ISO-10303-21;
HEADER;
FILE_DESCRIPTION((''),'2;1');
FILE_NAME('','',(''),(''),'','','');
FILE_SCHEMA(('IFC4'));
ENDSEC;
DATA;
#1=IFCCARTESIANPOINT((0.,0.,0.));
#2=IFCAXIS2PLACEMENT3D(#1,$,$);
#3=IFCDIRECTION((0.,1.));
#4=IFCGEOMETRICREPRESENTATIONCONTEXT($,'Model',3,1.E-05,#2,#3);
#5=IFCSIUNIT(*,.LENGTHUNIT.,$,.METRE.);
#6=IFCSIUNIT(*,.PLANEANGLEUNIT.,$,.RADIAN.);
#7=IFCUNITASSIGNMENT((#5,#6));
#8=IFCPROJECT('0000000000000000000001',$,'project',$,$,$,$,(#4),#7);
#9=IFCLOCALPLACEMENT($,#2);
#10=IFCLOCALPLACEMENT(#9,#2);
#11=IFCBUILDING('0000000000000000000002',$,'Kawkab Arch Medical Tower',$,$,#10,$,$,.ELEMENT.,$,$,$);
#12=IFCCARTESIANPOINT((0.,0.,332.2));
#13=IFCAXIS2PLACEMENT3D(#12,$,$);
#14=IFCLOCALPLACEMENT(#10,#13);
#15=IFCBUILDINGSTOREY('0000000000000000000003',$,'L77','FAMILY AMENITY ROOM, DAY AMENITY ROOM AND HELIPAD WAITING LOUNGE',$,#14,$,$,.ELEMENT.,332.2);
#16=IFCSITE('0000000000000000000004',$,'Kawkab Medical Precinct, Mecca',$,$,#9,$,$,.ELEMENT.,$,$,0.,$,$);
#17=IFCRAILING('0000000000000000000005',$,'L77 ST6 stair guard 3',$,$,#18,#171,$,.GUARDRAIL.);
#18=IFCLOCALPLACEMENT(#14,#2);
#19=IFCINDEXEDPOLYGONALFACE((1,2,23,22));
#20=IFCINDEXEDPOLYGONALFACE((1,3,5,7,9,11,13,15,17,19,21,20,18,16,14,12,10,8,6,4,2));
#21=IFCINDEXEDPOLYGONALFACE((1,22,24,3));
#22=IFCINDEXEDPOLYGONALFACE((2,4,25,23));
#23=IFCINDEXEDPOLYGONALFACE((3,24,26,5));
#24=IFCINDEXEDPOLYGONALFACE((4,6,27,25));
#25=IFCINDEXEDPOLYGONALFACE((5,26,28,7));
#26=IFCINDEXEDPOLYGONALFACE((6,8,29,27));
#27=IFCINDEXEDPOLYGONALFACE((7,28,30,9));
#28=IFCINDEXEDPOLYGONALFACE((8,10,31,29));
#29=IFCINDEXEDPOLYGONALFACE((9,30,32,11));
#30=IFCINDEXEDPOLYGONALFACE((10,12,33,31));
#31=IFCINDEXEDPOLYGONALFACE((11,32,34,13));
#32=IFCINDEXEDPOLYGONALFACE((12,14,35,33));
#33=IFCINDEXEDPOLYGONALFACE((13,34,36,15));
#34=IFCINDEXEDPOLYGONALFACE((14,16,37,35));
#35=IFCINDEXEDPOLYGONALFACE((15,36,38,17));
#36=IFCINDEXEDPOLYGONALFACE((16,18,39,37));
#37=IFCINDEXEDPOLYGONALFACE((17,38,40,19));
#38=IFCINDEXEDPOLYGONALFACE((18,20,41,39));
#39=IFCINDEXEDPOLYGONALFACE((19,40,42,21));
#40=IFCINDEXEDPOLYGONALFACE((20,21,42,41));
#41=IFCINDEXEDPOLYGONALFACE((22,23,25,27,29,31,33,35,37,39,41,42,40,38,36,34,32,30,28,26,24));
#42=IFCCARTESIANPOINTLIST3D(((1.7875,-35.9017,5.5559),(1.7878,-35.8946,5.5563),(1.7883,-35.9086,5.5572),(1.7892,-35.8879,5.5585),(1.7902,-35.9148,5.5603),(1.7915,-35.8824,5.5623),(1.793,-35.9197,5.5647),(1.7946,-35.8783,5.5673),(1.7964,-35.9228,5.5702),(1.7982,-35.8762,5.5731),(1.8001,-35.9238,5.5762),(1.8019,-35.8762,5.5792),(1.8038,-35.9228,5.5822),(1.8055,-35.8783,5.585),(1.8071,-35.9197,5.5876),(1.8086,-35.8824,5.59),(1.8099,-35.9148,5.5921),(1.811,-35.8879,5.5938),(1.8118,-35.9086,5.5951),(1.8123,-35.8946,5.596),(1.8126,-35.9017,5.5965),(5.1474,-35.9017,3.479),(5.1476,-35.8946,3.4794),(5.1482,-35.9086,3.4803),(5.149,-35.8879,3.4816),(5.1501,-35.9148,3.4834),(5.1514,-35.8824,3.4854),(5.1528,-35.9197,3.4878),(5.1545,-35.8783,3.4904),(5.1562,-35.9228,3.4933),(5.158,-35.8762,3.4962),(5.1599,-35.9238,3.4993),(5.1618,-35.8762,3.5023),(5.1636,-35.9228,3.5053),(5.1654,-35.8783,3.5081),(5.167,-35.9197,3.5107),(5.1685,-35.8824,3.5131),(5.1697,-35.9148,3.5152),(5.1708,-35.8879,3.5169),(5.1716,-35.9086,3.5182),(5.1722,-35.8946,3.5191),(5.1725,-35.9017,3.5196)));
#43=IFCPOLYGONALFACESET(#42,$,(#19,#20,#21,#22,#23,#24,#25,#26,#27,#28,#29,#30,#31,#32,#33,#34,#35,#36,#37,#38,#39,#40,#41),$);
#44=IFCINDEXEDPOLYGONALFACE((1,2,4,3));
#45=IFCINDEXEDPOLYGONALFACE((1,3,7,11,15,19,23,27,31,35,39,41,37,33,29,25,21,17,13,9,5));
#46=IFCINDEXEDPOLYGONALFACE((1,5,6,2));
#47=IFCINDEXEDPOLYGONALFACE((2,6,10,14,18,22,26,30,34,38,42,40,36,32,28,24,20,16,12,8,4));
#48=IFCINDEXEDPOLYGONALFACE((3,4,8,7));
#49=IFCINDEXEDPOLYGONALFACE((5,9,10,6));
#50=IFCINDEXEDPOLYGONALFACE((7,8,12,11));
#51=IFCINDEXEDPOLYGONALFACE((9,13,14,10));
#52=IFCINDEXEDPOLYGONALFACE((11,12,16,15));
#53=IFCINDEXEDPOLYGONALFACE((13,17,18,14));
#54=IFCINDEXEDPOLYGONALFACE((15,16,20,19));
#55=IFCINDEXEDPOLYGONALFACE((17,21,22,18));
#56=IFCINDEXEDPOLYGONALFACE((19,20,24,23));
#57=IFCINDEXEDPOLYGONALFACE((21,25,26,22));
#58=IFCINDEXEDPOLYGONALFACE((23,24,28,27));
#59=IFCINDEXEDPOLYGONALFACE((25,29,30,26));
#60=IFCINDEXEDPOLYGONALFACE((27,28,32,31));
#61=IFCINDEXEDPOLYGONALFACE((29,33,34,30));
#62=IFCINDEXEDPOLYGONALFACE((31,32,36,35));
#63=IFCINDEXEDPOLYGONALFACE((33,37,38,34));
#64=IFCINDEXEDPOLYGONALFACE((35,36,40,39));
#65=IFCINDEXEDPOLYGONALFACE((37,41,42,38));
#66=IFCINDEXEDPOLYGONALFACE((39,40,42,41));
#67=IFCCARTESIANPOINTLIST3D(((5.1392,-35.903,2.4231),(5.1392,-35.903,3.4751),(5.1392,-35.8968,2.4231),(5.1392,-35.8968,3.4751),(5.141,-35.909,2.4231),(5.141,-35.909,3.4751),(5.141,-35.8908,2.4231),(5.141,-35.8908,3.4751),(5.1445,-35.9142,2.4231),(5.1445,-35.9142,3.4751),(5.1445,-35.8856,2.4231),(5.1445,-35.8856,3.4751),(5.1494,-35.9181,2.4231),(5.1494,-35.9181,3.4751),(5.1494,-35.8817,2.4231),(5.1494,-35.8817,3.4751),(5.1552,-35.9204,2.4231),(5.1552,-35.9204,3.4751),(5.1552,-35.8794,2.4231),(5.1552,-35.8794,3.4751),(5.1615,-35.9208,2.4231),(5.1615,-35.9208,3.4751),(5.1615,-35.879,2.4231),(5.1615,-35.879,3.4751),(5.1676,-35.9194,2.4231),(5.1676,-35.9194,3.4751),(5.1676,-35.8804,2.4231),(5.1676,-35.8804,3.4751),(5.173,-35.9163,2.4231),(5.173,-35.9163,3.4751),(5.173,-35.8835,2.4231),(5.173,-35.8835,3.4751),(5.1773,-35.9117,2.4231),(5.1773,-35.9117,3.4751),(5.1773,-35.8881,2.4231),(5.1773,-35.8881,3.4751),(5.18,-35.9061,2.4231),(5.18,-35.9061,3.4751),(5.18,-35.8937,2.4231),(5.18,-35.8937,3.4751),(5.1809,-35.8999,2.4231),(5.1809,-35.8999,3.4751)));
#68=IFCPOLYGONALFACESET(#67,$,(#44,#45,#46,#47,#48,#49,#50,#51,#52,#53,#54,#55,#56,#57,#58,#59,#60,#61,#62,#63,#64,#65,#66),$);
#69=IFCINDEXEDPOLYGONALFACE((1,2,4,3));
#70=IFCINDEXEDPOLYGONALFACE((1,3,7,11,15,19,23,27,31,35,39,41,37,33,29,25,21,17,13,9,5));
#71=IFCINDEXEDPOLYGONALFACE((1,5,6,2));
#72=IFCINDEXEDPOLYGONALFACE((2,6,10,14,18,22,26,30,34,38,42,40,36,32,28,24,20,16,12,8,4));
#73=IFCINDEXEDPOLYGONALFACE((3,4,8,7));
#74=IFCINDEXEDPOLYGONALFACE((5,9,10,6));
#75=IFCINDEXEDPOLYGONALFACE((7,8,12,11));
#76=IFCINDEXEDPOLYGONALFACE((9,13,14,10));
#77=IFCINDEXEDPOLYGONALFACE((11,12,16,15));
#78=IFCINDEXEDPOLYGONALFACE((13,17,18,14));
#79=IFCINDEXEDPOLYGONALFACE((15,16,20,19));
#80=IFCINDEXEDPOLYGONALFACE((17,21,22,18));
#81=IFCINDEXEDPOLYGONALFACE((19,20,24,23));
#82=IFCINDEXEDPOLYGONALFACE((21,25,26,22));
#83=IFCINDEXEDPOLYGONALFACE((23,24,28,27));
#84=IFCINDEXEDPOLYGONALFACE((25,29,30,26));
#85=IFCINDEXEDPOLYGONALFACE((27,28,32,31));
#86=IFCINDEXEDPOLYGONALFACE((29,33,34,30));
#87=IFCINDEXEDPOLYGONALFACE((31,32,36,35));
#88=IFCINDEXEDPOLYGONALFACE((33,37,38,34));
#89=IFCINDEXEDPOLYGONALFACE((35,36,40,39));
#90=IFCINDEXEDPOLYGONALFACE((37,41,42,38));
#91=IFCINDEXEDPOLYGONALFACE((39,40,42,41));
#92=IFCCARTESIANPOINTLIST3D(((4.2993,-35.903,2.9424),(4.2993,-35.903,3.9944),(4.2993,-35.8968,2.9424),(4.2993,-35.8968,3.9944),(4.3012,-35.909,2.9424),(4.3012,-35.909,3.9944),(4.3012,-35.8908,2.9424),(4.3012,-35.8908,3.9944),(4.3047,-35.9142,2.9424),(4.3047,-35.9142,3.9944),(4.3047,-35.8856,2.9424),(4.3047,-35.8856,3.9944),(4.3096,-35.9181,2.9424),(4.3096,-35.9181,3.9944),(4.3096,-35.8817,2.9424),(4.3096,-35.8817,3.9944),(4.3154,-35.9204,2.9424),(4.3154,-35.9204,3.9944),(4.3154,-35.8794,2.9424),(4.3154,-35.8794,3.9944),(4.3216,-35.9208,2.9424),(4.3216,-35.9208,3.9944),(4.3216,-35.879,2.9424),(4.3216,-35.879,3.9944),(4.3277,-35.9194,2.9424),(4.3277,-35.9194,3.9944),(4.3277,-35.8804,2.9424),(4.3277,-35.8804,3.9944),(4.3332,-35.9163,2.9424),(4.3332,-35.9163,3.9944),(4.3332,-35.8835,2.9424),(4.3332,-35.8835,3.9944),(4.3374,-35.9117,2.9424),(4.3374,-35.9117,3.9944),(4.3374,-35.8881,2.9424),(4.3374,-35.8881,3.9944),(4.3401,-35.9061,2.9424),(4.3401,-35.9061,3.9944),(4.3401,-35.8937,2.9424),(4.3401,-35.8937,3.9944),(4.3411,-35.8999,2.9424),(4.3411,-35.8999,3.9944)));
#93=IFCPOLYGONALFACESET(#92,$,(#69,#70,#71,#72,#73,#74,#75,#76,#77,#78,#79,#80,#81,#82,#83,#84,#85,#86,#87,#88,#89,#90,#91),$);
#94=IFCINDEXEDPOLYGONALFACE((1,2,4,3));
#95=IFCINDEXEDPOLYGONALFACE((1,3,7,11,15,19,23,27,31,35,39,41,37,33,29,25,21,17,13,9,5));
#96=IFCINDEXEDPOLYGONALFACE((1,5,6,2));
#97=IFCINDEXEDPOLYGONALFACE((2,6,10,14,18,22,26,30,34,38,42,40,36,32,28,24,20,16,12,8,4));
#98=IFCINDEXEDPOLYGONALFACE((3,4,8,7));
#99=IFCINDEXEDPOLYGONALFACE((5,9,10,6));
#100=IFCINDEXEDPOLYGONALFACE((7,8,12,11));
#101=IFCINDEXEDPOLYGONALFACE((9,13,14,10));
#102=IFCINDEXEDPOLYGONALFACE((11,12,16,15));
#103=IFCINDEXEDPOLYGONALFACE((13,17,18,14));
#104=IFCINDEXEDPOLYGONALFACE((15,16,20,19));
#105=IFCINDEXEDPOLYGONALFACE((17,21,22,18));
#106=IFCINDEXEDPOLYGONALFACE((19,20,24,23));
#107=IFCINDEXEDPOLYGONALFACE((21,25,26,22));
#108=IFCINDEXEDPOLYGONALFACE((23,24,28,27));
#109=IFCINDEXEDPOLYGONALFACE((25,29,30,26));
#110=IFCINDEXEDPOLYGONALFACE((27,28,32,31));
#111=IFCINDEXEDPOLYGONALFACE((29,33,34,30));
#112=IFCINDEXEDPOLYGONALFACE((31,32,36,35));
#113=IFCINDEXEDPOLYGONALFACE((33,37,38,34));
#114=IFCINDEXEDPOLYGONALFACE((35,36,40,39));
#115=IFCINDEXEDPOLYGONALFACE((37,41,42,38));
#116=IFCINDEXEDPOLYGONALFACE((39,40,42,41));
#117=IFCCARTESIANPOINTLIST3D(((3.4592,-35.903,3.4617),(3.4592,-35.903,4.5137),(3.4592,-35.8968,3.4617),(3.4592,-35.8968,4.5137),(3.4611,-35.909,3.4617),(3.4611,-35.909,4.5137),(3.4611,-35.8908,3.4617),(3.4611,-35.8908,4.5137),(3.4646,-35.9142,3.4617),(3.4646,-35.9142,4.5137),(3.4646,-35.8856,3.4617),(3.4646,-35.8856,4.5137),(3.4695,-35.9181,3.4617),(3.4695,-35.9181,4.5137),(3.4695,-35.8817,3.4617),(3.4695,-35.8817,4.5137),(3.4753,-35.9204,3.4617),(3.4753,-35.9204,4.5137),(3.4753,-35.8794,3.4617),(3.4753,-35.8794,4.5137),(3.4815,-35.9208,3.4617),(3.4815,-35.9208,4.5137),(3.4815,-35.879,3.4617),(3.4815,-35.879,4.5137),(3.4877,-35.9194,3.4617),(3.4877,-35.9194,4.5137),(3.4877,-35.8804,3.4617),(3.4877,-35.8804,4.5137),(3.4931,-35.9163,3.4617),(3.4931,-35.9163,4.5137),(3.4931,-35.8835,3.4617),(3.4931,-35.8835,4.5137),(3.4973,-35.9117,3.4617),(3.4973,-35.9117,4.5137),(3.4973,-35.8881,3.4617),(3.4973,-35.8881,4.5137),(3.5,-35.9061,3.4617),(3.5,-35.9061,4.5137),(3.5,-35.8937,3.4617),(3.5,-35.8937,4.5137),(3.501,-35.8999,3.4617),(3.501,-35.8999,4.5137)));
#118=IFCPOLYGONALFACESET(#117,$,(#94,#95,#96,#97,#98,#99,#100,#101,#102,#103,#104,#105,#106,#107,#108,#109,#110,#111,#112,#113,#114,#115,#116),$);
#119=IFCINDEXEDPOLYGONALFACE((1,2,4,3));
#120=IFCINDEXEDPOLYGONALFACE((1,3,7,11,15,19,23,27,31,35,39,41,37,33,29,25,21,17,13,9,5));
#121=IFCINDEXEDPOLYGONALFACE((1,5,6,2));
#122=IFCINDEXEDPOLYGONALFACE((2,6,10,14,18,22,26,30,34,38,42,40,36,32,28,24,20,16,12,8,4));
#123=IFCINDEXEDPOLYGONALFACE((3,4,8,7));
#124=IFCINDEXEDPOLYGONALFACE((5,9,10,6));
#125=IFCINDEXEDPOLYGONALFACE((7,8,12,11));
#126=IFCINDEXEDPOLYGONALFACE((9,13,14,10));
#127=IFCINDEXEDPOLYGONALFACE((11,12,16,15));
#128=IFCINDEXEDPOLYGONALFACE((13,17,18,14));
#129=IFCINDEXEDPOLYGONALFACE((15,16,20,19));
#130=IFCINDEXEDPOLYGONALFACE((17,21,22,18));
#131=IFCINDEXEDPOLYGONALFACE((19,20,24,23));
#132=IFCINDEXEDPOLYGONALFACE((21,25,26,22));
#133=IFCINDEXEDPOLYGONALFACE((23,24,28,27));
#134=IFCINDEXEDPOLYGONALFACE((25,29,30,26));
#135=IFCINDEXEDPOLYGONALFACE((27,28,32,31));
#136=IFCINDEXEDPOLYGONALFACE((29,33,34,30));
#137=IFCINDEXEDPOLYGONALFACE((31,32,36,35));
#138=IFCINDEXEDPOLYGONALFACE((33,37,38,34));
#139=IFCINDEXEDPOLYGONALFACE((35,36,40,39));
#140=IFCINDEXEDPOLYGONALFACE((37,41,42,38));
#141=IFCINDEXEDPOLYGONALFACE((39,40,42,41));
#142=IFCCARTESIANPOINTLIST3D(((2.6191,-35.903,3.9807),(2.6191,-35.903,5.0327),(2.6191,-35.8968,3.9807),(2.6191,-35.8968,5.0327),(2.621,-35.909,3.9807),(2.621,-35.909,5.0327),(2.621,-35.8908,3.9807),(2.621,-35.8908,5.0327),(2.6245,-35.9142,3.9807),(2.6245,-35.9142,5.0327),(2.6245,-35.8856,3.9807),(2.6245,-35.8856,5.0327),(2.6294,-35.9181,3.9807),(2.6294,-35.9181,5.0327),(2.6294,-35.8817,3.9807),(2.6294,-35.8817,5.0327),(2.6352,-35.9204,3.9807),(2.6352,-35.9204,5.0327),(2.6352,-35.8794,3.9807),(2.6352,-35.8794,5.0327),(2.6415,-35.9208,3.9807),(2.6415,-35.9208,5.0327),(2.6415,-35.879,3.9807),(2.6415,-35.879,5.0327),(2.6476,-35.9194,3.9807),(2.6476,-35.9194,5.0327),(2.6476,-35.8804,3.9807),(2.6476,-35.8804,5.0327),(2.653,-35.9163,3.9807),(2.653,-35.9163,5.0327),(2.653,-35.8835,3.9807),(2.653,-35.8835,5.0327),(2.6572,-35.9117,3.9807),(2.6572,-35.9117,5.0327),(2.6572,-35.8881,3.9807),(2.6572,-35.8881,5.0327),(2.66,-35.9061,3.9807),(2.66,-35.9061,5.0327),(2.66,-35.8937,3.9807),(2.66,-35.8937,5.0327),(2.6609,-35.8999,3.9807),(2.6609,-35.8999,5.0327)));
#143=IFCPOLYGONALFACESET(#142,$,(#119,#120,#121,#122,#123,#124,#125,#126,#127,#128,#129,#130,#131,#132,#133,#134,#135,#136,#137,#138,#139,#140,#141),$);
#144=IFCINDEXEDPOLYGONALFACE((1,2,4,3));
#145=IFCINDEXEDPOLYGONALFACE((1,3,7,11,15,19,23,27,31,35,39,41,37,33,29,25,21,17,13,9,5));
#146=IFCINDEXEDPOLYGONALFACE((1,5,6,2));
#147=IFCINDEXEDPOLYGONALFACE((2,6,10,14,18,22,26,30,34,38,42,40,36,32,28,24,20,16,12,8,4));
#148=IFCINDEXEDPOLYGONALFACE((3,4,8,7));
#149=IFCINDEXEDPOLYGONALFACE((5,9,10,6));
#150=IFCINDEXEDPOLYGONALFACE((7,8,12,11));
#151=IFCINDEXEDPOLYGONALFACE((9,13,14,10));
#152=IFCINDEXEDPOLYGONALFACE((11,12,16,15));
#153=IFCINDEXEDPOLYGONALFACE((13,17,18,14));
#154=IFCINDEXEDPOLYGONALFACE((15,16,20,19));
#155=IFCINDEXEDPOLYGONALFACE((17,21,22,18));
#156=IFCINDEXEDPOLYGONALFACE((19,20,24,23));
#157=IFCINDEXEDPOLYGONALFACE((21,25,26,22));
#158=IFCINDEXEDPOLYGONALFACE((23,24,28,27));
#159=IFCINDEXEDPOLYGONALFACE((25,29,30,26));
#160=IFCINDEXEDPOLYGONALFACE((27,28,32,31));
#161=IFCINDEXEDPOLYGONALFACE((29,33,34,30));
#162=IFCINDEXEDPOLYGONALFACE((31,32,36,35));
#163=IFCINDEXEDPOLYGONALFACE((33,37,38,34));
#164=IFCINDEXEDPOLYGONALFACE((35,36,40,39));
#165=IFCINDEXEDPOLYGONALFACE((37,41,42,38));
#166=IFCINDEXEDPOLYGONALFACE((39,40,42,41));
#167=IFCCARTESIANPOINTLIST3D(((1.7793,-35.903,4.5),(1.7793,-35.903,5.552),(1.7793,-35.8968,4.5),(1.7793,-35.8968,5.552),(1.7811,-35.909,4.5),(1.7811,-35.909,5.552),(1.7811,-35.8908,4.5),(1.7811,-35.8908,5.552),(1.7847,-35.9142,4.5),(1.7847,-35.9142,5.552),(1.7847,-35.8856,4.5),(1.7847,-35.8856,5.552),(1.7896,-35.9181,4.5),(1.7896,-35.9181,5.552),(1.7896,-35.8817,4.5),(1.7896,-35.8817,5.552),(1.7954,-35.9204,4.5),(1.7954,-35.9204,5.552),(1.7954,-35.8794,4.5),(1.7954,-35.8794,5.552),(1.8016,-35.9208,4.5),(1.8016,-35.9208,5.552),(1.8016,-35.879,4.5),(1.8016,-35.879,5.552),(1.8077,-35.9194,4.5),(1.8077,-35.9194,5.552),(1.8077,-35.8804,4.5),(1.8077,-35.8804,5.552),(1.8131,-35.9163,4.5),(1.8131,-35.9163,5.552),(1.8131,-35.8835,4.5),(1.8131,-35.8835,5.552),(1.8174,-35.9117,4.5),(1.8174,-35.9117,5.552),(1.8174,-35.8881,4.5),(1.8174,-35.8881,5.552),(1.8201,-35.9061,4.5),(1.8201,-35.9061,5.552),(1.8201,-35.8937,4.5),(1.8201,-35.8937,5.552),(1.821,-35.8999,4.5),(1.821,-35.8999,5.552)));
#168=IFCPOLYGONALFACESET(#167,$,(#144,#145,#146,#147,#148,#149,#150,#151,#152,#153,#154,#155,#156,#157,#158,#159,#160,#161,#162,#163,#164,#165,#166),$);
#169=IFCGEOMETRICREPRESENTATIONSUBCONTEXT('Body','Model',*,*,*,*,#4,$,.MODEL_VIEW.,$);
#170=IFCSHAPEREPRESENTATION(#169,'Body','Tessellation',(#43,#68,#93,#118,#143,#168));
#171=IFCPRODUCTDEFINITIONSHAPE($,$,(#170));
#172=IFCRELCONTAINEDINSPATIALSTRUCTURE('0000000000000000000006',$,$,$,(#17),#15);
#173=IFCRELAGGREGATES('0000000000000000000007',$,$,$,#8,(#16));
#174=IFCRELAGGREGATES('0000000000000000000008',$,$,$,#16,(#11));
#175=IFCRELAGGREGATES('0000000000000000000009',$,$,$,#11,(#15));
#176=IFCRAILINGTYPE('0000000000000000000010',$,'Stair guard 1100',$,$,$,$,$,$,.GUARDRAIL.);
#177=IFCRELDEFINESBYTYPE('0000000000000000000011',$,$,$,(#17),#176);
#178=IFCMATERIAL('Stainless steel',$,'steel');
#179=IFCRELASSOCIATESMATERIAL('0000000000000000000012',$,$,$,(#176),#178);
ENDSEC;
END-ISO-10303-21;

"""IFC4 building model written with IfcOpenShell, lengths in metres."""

from ifc_helpers import new_model, si_unit, direction, frame, origin, origin_2d, place, context, subcontext, project, spatial, circle, extrude, material, type_object, element, save


model = new_model("IFC4")

# Units and contexts
model_context = context("Model", 3, precision=1e-05, world=origin(), true_north=direction((0.0, 1.0)))
body_context = subcontext(model_context, "Body", "Model", "MODEL_VIEW")
ifc_project = project(units=[si_unit("LENGTHUNIT", "METRE"), si_unit("PLANEANGLEUNIT", "RADIAN")], contexts=[model_context])

# Site, building, storey
site_placement = place(None, origin())
site = spatial("IfcSite", under=ifc_project, at=site_placement, Name="Kawkab Medical Precinct, Mecca", CompositionType="ELEMENT", RefElevation=0.0)
building_placement = place(site_placement, origin())
building = spatial("IfcBuilding", under=site, at=building_placement, Name="Kawkab Arch Medical Tower", CompositionType="ELEMENT")
storey_placement = place(building_placement, frame((0.0, 0.0, 332.2)))
storey = spatial("IfcBuildingStorey", under=building, at=storey_placement, Name="L77", Description="FAMILY AMENITY ROOM, DAY AMENITY ROOM AND HELIPAD WAITING LOUNGE", CompositionType="ELEMENT", Elevation=332.2)

# Railing
ifc_material_1 = material(Name="Stainless steel", Category="steel")
railing_type = type_object("IfcRailingType", Name="Stair guard 1100", PredefinedType="GUARDRAIL", material=ifc_material_1)
railing_1_placement = place(storey_placement, frame((5.1599, -35.8999, 2.4231)))
element("IfcRailing", 1, at=railing_1_placement, inside=storey, type_object=railing_type, Name="L77 ST6 stair guard 3", PredefinedType="GUARDRAIL", context=body_context, shape_type="SweptSolid", body=[
    extrude(circle(Radius=0.0239, at=origin_2d()), frame((0.0, 0.0, 1.0762), z_axis=(-0.850606, 0.0, 0.525803), x_axis=(0.0, -1.0, 0.0)), (0.0, 0.0, 1.0), 3.95),
    extrude(circle(Radius=0.021, at=origin_2d()), origin(), (0.0, 0.0, 1.0), 1.052),
    extrude(circle(Radius=0.021, at=origin_2d()), frame((-0.8398, 0.0, 0.5193)), (0.0, 0.0, 1.0), 1.052),
    extrude(circle(Radius=0.021, at=origin_2d()), frame((-1.6799, 0.0, 1.0386)), (0.0, 0.0, 1.0), 1.052),
    extrude(circle(Radius=0.021, at=origin_2d()), frame((-2.52, 0.0, 1.5576)), (0.0, 0.0, 1.0), 1.052),
    extrude(circle(Radius=0.021, at=origin_2d()), frame((-3.3599, 0.0, 2.0769)), (0.0, 0.0, 1.0), 1.052),
])

save(model, "model.ifc")
